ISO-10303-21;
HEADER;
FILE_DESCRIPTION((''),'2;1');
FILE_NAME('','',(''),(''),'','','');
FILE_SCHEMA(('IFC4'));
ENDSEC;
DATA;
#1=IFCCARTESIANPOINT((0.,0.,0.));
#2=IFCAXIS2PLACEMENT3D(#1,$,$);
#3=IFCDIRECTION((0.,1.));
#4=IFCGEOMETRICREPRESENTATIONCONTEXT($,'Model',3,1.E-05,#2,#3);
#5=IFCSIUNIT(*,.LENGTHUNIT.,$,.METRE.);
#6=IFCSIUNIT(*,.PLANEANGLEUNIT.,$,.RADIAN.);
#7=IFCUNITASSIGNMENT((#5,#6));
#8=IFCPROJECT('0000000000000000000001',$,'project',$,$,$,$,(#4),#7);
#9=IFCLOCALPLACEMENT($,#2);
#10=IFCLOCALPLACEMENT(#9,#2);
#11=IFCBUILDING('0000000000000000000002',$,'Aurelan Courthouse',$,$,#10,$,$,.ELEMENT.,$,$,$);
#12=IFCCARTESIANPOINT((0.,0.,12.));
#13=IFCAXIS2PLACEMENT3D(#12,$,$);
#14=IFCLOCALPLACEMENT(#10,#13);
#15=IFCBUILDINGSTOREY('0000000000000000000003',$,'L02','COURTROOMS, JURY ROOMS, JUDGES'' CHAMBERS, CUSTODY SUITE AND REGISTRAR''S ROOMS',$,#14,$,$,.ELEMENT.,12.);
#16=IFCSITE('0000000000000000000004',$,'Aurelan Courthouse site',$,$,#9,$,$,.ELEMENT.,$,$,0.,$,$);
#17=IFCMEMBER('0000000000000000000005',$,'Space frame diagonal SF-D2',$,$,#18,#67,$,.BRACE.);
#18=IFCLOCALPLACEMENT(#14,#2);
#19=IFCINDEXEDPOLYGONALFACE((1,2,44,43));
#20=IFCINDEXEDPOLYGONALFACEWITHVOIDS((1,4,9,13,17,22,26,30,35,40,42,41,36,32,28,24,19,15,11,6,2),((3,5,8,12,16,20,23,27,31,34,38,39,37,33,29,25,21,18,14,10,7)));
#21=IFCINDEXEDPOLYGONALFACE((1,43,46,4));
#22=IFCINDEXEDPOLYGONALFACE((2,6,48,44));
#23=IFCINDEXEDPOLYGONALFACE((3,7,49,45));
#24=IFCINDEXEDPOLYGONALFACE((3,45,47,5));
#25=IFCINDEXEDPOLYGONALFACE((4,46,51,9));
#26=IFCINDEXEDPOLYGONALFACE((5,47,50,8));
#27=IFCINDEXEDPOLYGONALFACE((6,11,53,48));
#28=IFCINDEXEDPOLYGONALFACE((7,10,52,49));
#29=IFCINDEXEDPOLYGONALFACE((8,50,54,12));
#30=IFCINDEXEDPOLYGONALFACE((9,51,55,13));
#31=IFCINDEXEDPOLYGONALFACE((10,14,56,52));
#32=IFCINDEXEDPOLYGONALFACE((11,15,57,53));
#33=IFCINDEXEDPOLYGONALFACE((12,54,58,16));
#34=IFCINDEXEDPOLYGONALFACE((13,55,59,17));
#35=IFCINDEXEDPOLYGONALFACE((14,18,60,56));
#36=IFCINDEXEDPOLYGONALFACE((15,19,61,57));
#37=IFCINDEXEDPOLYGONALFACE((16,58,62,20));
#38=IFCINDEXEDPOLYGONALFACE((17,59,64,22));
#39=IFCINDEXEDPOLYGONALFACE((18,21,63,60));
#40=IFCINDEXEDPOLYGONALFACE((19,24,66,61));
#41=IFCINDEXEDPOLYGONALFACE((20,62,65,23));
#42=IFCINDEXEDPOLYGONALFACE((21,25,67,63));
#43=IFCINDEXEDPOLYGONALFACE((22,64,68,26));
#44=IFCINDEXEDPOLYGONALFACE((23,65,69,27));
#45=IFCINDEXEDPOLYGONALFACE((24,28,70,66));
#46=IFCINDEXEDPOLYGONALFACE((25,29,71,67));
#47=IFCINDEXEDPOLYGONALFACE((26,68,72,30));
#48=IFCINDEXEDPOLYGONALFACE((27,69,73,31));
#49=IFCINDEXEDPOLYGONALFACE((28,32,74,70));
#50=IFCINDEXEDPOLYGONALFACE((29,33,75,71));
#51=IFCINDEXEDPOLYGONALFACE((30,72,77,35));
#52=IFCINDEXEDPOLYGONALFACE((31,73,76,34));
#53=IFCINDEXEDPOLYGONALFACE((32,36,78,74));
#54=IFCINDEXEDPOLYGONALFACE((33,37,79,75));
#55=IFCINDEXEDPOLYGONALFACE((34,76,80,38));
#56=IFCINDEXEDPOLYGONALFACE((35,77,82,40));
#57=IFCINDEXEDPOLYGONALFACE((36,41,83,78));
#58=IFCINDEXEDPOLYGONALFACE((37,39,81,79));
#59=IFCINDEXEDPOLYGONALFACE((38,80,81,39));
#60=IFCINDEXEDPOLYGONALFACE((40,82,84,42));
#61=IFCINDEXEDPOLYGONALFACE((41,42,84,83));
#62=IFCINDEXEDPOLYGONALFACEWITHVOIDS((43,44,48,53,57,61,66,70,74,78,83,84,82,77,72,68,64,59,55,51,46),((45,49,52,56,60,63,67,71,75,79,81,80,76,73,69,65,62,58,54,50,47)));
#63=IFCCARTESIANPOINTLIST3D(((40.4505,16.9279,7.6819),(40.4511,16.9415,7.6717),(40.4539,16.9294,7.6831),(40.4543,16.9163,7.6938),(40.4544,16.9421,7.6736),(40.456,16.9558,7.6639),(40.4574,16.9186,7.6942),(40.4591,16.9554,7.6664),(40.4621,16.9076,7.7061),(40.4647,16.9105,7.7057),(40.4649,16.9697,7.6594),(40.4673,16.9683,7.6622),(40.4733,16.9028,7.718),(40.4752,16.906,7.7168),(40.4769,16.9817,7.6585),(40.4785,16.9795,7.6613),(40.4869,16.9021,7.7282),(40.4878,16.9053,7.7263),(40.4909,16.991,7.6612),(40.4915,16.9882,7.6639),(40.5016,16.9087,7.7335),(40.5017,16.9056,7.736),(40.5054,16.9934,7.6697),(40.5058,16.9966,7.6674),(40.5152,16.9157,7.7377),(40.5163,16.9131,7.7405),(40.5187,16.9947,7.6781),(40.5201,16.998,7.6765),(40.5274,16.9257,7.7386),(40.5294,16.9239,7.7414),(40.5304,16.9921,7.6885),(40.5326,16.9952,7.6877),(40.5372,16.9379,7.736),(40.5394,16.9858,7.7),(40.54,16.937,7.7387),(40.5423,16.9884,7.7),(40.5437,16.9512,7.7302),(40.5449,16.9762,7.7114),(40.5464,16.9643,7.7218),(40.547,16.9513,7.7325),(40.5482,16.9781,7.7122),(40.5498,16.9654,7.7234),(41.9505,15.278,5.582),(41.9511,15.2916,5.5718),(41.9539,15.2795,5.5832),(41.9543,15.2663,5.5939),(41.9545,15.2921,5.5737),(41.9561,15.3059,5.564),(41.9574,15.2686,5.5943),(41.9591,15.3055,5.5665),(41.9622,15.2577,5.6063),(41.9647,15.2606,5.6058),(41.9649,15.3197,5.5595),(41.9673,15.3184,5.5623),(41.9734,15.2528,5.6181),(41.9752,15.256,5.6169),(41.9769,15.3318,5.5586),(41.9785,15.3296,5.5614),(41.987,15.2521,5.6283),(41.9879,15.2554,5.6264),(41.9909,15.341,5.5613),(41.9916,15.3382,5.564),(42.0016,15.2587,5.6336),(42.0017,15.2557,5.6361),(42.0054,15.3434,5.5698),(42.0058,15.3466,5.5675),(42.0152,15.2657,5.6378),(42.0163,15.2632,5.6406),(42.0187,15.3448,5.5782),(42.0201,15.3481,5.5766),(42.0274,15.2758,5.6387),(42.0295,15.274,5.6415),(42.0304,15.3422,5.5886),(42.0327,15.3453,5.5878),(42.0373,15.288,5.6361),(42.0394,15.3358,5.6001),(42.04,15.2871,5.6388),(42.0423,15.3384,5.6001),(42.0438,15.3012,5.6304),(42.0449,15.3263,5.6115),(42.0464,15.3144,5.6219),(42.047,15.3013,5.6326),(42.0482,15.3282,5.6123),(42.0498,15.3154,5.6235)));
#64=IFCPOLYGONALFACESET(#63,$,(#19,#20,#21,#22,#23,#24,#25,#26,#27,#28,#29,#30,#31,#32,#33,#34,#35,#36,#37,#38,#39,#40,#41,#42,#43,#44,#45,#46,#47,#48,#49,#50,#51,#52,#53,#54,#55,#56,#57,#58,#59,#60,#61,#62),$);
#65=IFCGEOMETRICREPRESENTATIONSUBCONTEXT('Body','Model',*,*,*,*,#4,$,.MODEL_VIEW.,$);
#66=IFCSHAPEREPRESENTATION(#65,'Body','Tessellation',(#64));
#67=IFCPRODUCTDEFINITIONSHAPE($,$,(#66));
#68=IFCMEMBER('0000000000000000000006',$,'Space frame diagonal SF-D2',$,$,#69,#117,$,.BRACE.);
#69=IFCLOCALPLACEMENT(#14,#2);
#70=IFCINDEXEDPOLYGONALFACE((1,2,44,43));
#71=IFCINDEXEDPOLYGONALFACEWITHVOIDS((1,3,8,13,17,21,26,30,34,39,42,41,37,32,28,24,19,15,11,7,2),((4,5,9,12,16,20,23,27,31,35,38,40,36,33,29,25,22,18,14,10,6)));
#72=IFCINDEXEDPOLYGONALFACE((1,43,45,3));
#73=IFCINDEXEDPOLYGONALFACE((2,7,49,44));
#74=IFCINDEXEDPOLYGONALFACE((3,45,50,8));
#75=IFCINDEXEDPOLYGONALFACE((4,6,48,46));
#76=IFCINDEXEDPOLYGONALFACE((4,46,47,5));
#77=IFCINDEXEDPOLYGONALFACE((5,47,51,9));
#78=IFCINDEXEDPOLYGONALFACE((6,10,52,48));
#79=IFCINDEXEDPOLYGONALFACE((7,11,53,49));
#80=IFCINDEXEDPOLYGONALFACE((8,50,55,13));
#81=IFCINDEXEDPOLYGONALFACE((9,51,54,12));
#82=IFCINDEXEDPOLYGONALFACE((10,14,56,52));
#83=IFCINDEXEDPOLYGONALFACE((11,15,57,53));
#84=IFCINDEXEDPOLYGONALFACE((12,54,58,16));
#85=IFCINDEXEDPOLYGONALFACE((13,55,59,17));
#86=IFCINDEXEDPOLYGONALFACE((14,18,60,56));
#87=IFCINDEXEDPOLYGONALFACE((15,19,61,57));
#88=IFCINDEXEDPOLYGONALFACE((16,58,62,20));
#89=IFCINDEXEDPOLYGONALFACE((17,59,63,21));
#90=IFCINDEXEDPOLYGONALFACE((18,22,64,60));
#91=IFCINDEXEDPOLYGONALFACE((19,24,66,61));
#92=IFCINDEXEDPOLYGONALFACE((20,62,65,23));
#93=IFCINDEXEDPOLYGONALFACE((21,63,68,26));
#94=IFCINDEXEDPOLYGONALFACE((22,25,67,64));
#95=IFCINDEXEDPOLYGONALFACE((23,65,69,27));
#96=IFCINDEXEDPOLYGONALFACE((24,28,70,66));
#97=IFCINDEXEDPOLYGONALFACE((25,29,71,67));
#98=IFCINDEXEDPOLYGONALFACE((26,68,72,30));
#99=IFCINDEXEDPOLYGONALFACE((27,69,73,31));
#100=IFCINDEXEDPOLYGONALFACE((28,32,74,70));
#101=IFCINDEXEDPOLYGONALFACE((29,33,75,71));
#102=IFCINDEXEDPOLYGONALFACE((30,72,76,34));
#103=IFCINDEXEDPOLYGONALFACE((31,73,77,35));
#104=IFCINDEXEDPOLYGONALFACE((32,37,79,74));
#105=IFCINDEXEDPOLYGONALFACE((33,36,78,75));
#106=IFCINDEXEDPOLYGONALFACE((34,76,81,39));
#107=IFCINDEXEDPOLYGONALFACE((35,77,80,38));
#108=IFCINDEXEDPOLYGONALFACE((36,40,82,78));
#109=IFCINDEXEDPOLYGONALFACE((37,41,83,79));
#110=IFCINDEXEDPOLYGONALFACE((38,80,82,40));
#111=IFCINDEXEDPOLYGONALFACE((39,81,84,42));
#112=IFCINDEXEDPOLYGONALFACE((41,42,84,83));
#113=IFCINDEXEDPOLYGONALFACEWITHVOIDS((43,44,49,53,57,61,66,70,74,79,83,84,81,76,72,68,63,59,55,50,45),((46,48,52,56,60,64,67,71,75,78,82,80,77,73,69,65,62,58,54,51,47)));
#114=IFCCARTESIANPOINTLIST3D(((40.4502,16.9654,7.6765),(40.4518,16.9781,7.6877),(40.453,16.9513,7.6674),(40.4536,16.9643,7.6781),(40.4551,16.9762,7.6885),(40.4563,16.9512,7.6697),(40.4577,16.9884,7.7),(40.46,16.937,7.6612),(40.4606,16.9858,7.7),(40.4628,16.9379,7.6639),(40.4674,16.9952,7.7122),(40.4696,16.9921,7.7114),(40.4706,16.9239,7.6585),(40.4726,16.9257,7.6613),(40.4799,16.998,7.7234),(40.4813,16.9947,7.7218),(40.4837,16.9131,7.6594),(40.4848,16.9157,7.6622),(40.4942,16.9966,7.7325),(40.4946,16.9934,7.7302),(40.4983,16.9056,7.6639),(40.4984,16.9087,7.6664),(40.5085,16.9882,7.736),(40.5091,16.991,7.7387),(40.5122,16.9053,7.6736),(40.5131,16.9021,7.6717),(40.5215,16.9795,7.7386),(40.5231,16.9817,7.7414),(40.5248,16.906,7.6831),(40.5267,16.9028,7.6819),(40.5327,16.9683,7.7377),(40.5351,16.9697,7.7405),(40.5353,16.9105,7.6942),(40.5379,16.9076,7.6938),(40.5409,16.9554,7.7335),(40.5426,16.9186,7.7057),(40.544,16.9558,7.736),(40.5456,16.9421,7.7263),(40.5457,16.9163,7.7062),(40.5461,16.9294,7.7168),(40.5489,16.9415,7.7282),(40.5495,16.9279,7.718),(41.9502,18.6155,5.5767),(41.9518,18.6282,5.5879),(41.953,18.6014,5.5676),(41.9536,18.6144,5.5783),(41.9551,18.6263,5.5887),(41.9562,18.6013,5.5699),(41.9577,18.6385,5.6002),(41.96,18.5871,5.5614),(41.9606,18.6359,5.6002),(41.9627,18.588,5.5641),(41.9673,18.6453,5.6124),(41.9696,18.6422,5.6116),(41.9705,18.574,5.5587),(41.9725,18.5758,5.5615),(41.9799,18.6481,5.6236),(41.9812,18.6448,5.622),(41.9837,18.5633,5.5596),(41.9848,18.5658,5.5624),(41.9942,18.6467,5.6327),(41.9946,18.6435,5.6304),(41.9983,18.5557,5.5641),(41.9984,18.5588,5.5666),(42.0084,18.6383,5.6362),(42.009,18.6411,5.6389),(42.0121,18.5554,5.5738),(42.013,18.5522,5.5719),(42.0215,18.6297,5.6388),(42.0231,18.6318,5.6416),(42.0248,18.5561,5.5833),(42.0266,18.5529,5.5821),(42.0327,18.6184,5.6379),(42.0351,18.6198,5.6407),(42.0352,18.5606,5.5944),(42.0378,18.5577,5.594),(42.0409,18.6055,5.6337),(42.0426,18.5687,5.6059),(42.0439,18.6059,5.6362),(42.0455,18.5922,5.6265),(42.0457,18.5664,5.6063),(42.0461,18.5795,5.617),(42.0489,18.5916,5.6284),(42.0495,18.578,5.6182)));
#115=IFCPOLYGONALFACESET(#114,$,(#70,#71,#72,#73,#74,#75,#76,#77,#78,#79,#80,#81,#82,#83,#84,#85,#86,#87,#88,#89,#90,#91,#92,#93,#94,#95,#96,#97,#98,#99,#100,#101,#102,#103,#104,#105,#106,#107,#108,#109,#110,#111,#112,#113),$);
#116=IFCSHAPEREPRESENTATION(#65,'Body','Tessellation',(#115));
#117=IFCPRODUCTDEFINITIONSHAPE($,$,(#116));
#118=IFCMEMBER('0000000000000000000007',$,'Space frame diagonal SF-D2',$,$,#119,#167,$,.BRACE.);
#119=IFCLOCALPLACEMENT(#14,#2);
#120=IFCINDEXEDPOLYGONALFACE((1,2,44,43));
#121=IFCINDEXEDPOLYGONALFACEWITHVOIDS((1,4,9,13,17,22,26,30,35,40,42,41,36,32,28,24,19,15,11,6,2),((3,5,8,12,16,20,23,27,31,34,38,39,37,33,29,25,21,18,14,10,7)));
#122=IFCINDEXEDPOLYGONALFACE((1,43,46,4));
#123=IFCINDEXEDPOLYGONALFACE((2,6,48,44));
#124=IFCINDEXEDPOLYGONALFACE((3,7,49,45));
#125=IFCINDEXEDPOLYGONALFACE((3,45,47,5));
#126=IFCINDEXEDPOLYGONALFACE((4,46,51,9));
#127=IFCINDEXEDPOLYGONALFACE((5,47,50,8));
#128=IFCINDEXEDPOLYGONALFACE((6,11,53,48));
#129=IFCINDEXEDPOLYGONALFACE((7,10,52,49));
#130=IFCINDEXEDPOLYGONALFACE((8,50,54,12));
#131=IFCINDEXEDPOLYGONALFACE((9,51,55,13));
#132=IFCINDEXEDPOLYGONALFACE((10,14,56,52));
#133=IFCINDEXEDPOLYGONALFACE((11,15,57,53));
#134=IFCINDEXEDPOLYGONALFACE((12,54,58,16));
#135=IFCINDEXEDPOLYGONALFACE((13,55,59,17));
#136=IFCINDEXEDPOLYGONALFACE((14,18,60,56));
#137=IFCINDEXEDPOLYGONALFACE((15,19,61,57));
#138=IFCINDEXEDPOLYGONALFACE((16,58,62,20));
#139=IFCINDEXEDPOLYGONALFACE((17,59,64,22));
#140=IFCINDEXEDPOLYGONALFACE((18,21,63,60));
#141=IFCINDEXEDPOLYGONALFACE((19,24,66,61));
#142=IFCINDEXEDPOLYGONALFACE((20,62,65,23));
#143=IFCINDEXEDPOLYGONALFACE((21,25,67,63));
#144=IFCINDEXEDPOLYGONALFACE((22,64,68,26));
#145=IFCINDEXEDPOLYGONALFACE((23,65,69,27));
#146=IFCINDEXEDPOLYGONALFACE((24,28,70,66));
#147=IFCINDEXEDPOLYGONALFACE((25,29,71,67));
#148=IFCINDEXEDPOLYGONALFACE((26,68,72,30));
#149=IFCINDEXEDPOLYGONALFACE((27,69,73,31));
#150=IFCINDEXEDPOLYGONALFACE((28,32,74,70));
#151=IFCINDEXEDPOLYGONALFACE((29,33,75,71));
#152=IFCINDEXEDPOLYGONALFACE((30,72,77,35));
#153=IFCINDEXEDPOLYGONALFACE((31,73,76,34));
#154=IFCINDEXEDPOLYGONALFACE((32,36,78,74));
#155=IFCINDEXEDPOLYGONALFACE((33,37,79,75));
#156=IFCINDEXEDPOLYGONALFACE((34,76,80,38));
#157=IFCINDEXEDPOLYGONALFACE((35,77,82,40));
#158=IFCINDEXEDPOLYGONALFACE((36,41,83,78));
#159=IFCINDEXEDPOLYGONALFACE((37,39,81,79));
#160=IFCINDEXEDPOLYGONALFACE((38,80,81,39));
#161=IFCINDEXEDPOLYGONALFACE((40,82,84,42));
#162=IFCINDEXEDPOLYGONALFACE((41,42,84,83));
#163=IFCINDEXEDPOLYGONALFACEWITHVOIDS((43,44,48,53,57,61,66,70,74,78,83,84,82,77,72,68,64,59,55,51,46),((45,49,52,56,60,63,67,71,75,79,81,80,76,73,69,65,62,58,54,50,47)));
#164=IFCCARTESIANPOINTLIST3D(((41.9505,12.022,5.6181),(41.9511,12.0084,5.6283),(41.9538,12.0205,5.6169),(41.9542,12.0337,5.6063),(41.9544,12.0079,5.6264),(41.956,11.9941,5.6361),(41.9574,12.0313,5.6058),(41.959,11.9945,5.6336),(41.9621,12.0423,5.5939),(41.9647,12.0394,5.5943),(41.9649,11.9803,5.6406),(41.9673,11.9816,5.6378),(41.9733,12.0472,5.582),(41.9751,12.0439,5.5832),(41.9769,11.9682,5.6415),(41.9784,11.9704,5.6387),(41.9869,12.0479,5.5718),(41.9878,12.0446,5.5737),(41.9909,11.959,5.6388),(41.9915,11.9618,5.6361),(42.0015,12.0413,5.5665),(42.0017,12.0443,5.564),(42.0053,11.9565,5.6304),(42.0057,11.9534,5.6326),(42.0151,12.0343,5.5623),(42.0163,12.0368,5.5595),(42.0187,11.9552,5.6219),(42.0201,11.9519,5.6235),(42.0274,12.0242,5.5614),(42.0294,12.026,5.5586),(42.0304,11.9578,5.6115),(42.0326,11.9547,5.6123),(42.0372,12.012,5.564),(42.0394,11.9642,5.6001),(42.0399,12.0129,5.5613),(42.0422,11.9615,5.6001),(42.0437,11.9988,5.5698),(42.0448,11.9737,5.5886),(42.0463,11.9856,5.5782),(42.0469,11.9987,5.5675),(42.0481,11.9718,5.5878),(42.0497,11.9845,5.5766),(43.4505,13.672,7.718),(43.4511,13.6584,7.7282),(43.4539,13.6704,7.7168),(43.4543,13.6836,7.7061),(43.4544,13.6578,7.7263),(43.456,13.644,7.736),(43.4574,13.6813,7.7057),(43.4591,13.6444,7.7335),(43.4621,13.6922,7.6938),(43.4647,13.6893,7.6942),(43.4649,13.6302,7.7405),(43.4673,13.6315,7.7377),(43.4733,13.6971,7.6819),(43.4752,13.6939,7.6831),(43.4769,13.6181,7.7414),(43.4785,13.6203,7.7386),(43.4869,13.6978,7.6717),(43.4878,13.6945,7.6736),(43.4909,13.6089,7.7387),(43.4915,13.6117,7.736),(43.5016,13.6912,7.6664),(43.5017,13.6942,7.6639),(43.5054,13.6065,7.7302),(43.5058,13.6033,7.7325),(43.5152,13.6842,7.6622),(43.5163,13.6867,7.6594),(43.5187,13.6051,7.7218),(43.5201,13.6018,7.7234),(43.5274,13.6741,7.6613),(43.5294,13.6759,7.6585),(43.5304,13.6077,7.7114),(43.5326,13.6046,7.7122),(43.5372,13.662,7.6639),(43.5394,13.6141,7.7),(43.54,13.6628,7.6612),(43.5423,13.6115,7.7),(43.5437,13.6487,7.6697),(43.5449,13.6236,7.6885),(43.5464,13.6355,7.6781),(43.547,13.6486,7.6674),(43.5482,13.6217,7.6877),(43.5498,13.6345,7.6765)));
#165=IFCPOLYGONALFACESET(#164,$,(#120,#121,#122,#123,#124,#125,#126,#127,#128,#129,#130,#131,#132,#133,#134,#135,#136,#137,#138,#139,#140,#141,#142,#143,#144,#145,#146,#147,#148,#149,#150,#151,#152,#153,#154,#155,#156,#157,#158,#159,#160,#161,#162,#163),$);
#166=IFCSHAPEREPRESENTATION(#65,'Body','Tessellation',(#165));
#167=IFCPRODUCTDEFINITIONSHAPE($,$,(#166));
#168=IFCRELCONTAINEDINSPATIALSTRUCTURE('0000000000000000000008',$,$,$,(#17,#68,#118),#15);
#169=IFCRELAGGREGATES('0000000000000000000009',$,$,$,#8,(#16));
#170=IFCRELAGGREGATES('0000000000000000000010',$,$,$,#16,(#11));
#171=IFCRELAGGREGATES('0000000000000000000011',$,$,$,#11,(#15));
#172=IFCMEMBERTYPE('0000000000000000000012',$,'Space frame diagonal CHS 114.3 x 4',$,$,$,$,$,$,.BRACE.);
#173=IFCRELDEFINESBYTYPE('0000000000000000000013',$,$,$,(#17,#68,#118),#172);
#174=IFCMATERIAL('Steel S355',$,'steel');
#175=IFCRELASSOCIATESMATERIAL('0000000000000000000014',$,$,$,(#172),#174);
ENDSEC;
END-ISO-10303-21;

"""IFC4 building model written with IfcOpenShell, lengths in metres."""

from ifc_helpers import new_model, si_unit, direction, frame, origin, origin_2d, place, context, subcontext, project, spatial, hollow_circle, extrude, material, material_profile, profile_set, type_object, element, save


model = new_model("IFC4")

# Units and contexts
model_context = context("Model", 3, precision=1e-05, world=origin(), true_north=direction((0.0, 1.0)))
body_context = subcontext(model_context, "Body", "Model", "MODEL_VIEW")
ifc_project = project(units=[si_unit("LENGTHUNIT", "METRE"), si_unit("PLANEANGLEUNIT", "RADIAN")], contexts=[model_context])

# Site, building, storey
site_placement = place(None, origin())
site = spatial("IfcSite", under=ifc_project, at=site_placement, Name="Aurelan Courthouse site", CompositionType="ELEMENT", RefElevation=0.0)
building_placement = place(site_placement, origin())
building = spatial("IfcBuilding", under=site, at=building_placement, Name="Aurelan Courthouse", CompositionType="ELEMENT")
storey_placement = place(building_placement, frame((0.0, 0.0, 12.0)))
storey = spatial("IfcBuildingStorey", under=building, at=storey_placement, Name="L02", Description="COURTROOMS, JURY ROOMS, JUDGES' CHAMBERS, CUSTODY SUITE AND REGISTRAR'S ROOMS", CompositionType="ELEMENT", Elevation=12.0)

# Members
ifc_material_1 = material(Name="Steel S355", Category="steel")
ifc_material_profile_1 = material_profile(ifc_material_1, hollow_circle(Radius=0.0571, WallThickness=0.0039, at=origin_2d()), Name="CHS 114.3 x 4")
ifc_profile_set_1 = profile_set([ifc_material_profile_1], Name="Steel S355")
member_type_1 = type_object("IfcMemberType", Name="Space frame diagonal CHS 114.3 x 4", PredefinedType="BRACE", material=ifc_profile_set_1)
for number, where, z_axis, x_axis, name in (
    (1, (40.5, 16.95, 7.7), (0.489727, -0.538667, -0.685569), (0.73992, 0.672695, 0.0), "Space frame diagonal SF-D2"),
    (2, (40.5, 16.95, 7.7), (0.489706, 0.538724, -0.68554), (-0.73997, 0.67264, 0.0), "Space frame diagonal SF-D2"),
    (3, (43.5, 13.6499, 7.7), (-0.489727, -0.538667, -0.685569), (0.73992, -0.672695, 0.0), "Space frame diagonal SF-D2"),
):
    element("IfcMember", number, at=place(storey_placement, frame(where, z_axis=z_axis, x_axis=x_axis)), inside=storey, type_object=member_type_1, Name=name, PredefinedType="BRACE", context=body_context, shape_type="SweptSolid", body=[
        extrude(hollow_circle(Radius=0.0571, WallThickness=0.0039, at=origin_2d()), origin(), (0.0, 0.0, 1.0), 3.063),
    ])

save(model, "model.ifc")
